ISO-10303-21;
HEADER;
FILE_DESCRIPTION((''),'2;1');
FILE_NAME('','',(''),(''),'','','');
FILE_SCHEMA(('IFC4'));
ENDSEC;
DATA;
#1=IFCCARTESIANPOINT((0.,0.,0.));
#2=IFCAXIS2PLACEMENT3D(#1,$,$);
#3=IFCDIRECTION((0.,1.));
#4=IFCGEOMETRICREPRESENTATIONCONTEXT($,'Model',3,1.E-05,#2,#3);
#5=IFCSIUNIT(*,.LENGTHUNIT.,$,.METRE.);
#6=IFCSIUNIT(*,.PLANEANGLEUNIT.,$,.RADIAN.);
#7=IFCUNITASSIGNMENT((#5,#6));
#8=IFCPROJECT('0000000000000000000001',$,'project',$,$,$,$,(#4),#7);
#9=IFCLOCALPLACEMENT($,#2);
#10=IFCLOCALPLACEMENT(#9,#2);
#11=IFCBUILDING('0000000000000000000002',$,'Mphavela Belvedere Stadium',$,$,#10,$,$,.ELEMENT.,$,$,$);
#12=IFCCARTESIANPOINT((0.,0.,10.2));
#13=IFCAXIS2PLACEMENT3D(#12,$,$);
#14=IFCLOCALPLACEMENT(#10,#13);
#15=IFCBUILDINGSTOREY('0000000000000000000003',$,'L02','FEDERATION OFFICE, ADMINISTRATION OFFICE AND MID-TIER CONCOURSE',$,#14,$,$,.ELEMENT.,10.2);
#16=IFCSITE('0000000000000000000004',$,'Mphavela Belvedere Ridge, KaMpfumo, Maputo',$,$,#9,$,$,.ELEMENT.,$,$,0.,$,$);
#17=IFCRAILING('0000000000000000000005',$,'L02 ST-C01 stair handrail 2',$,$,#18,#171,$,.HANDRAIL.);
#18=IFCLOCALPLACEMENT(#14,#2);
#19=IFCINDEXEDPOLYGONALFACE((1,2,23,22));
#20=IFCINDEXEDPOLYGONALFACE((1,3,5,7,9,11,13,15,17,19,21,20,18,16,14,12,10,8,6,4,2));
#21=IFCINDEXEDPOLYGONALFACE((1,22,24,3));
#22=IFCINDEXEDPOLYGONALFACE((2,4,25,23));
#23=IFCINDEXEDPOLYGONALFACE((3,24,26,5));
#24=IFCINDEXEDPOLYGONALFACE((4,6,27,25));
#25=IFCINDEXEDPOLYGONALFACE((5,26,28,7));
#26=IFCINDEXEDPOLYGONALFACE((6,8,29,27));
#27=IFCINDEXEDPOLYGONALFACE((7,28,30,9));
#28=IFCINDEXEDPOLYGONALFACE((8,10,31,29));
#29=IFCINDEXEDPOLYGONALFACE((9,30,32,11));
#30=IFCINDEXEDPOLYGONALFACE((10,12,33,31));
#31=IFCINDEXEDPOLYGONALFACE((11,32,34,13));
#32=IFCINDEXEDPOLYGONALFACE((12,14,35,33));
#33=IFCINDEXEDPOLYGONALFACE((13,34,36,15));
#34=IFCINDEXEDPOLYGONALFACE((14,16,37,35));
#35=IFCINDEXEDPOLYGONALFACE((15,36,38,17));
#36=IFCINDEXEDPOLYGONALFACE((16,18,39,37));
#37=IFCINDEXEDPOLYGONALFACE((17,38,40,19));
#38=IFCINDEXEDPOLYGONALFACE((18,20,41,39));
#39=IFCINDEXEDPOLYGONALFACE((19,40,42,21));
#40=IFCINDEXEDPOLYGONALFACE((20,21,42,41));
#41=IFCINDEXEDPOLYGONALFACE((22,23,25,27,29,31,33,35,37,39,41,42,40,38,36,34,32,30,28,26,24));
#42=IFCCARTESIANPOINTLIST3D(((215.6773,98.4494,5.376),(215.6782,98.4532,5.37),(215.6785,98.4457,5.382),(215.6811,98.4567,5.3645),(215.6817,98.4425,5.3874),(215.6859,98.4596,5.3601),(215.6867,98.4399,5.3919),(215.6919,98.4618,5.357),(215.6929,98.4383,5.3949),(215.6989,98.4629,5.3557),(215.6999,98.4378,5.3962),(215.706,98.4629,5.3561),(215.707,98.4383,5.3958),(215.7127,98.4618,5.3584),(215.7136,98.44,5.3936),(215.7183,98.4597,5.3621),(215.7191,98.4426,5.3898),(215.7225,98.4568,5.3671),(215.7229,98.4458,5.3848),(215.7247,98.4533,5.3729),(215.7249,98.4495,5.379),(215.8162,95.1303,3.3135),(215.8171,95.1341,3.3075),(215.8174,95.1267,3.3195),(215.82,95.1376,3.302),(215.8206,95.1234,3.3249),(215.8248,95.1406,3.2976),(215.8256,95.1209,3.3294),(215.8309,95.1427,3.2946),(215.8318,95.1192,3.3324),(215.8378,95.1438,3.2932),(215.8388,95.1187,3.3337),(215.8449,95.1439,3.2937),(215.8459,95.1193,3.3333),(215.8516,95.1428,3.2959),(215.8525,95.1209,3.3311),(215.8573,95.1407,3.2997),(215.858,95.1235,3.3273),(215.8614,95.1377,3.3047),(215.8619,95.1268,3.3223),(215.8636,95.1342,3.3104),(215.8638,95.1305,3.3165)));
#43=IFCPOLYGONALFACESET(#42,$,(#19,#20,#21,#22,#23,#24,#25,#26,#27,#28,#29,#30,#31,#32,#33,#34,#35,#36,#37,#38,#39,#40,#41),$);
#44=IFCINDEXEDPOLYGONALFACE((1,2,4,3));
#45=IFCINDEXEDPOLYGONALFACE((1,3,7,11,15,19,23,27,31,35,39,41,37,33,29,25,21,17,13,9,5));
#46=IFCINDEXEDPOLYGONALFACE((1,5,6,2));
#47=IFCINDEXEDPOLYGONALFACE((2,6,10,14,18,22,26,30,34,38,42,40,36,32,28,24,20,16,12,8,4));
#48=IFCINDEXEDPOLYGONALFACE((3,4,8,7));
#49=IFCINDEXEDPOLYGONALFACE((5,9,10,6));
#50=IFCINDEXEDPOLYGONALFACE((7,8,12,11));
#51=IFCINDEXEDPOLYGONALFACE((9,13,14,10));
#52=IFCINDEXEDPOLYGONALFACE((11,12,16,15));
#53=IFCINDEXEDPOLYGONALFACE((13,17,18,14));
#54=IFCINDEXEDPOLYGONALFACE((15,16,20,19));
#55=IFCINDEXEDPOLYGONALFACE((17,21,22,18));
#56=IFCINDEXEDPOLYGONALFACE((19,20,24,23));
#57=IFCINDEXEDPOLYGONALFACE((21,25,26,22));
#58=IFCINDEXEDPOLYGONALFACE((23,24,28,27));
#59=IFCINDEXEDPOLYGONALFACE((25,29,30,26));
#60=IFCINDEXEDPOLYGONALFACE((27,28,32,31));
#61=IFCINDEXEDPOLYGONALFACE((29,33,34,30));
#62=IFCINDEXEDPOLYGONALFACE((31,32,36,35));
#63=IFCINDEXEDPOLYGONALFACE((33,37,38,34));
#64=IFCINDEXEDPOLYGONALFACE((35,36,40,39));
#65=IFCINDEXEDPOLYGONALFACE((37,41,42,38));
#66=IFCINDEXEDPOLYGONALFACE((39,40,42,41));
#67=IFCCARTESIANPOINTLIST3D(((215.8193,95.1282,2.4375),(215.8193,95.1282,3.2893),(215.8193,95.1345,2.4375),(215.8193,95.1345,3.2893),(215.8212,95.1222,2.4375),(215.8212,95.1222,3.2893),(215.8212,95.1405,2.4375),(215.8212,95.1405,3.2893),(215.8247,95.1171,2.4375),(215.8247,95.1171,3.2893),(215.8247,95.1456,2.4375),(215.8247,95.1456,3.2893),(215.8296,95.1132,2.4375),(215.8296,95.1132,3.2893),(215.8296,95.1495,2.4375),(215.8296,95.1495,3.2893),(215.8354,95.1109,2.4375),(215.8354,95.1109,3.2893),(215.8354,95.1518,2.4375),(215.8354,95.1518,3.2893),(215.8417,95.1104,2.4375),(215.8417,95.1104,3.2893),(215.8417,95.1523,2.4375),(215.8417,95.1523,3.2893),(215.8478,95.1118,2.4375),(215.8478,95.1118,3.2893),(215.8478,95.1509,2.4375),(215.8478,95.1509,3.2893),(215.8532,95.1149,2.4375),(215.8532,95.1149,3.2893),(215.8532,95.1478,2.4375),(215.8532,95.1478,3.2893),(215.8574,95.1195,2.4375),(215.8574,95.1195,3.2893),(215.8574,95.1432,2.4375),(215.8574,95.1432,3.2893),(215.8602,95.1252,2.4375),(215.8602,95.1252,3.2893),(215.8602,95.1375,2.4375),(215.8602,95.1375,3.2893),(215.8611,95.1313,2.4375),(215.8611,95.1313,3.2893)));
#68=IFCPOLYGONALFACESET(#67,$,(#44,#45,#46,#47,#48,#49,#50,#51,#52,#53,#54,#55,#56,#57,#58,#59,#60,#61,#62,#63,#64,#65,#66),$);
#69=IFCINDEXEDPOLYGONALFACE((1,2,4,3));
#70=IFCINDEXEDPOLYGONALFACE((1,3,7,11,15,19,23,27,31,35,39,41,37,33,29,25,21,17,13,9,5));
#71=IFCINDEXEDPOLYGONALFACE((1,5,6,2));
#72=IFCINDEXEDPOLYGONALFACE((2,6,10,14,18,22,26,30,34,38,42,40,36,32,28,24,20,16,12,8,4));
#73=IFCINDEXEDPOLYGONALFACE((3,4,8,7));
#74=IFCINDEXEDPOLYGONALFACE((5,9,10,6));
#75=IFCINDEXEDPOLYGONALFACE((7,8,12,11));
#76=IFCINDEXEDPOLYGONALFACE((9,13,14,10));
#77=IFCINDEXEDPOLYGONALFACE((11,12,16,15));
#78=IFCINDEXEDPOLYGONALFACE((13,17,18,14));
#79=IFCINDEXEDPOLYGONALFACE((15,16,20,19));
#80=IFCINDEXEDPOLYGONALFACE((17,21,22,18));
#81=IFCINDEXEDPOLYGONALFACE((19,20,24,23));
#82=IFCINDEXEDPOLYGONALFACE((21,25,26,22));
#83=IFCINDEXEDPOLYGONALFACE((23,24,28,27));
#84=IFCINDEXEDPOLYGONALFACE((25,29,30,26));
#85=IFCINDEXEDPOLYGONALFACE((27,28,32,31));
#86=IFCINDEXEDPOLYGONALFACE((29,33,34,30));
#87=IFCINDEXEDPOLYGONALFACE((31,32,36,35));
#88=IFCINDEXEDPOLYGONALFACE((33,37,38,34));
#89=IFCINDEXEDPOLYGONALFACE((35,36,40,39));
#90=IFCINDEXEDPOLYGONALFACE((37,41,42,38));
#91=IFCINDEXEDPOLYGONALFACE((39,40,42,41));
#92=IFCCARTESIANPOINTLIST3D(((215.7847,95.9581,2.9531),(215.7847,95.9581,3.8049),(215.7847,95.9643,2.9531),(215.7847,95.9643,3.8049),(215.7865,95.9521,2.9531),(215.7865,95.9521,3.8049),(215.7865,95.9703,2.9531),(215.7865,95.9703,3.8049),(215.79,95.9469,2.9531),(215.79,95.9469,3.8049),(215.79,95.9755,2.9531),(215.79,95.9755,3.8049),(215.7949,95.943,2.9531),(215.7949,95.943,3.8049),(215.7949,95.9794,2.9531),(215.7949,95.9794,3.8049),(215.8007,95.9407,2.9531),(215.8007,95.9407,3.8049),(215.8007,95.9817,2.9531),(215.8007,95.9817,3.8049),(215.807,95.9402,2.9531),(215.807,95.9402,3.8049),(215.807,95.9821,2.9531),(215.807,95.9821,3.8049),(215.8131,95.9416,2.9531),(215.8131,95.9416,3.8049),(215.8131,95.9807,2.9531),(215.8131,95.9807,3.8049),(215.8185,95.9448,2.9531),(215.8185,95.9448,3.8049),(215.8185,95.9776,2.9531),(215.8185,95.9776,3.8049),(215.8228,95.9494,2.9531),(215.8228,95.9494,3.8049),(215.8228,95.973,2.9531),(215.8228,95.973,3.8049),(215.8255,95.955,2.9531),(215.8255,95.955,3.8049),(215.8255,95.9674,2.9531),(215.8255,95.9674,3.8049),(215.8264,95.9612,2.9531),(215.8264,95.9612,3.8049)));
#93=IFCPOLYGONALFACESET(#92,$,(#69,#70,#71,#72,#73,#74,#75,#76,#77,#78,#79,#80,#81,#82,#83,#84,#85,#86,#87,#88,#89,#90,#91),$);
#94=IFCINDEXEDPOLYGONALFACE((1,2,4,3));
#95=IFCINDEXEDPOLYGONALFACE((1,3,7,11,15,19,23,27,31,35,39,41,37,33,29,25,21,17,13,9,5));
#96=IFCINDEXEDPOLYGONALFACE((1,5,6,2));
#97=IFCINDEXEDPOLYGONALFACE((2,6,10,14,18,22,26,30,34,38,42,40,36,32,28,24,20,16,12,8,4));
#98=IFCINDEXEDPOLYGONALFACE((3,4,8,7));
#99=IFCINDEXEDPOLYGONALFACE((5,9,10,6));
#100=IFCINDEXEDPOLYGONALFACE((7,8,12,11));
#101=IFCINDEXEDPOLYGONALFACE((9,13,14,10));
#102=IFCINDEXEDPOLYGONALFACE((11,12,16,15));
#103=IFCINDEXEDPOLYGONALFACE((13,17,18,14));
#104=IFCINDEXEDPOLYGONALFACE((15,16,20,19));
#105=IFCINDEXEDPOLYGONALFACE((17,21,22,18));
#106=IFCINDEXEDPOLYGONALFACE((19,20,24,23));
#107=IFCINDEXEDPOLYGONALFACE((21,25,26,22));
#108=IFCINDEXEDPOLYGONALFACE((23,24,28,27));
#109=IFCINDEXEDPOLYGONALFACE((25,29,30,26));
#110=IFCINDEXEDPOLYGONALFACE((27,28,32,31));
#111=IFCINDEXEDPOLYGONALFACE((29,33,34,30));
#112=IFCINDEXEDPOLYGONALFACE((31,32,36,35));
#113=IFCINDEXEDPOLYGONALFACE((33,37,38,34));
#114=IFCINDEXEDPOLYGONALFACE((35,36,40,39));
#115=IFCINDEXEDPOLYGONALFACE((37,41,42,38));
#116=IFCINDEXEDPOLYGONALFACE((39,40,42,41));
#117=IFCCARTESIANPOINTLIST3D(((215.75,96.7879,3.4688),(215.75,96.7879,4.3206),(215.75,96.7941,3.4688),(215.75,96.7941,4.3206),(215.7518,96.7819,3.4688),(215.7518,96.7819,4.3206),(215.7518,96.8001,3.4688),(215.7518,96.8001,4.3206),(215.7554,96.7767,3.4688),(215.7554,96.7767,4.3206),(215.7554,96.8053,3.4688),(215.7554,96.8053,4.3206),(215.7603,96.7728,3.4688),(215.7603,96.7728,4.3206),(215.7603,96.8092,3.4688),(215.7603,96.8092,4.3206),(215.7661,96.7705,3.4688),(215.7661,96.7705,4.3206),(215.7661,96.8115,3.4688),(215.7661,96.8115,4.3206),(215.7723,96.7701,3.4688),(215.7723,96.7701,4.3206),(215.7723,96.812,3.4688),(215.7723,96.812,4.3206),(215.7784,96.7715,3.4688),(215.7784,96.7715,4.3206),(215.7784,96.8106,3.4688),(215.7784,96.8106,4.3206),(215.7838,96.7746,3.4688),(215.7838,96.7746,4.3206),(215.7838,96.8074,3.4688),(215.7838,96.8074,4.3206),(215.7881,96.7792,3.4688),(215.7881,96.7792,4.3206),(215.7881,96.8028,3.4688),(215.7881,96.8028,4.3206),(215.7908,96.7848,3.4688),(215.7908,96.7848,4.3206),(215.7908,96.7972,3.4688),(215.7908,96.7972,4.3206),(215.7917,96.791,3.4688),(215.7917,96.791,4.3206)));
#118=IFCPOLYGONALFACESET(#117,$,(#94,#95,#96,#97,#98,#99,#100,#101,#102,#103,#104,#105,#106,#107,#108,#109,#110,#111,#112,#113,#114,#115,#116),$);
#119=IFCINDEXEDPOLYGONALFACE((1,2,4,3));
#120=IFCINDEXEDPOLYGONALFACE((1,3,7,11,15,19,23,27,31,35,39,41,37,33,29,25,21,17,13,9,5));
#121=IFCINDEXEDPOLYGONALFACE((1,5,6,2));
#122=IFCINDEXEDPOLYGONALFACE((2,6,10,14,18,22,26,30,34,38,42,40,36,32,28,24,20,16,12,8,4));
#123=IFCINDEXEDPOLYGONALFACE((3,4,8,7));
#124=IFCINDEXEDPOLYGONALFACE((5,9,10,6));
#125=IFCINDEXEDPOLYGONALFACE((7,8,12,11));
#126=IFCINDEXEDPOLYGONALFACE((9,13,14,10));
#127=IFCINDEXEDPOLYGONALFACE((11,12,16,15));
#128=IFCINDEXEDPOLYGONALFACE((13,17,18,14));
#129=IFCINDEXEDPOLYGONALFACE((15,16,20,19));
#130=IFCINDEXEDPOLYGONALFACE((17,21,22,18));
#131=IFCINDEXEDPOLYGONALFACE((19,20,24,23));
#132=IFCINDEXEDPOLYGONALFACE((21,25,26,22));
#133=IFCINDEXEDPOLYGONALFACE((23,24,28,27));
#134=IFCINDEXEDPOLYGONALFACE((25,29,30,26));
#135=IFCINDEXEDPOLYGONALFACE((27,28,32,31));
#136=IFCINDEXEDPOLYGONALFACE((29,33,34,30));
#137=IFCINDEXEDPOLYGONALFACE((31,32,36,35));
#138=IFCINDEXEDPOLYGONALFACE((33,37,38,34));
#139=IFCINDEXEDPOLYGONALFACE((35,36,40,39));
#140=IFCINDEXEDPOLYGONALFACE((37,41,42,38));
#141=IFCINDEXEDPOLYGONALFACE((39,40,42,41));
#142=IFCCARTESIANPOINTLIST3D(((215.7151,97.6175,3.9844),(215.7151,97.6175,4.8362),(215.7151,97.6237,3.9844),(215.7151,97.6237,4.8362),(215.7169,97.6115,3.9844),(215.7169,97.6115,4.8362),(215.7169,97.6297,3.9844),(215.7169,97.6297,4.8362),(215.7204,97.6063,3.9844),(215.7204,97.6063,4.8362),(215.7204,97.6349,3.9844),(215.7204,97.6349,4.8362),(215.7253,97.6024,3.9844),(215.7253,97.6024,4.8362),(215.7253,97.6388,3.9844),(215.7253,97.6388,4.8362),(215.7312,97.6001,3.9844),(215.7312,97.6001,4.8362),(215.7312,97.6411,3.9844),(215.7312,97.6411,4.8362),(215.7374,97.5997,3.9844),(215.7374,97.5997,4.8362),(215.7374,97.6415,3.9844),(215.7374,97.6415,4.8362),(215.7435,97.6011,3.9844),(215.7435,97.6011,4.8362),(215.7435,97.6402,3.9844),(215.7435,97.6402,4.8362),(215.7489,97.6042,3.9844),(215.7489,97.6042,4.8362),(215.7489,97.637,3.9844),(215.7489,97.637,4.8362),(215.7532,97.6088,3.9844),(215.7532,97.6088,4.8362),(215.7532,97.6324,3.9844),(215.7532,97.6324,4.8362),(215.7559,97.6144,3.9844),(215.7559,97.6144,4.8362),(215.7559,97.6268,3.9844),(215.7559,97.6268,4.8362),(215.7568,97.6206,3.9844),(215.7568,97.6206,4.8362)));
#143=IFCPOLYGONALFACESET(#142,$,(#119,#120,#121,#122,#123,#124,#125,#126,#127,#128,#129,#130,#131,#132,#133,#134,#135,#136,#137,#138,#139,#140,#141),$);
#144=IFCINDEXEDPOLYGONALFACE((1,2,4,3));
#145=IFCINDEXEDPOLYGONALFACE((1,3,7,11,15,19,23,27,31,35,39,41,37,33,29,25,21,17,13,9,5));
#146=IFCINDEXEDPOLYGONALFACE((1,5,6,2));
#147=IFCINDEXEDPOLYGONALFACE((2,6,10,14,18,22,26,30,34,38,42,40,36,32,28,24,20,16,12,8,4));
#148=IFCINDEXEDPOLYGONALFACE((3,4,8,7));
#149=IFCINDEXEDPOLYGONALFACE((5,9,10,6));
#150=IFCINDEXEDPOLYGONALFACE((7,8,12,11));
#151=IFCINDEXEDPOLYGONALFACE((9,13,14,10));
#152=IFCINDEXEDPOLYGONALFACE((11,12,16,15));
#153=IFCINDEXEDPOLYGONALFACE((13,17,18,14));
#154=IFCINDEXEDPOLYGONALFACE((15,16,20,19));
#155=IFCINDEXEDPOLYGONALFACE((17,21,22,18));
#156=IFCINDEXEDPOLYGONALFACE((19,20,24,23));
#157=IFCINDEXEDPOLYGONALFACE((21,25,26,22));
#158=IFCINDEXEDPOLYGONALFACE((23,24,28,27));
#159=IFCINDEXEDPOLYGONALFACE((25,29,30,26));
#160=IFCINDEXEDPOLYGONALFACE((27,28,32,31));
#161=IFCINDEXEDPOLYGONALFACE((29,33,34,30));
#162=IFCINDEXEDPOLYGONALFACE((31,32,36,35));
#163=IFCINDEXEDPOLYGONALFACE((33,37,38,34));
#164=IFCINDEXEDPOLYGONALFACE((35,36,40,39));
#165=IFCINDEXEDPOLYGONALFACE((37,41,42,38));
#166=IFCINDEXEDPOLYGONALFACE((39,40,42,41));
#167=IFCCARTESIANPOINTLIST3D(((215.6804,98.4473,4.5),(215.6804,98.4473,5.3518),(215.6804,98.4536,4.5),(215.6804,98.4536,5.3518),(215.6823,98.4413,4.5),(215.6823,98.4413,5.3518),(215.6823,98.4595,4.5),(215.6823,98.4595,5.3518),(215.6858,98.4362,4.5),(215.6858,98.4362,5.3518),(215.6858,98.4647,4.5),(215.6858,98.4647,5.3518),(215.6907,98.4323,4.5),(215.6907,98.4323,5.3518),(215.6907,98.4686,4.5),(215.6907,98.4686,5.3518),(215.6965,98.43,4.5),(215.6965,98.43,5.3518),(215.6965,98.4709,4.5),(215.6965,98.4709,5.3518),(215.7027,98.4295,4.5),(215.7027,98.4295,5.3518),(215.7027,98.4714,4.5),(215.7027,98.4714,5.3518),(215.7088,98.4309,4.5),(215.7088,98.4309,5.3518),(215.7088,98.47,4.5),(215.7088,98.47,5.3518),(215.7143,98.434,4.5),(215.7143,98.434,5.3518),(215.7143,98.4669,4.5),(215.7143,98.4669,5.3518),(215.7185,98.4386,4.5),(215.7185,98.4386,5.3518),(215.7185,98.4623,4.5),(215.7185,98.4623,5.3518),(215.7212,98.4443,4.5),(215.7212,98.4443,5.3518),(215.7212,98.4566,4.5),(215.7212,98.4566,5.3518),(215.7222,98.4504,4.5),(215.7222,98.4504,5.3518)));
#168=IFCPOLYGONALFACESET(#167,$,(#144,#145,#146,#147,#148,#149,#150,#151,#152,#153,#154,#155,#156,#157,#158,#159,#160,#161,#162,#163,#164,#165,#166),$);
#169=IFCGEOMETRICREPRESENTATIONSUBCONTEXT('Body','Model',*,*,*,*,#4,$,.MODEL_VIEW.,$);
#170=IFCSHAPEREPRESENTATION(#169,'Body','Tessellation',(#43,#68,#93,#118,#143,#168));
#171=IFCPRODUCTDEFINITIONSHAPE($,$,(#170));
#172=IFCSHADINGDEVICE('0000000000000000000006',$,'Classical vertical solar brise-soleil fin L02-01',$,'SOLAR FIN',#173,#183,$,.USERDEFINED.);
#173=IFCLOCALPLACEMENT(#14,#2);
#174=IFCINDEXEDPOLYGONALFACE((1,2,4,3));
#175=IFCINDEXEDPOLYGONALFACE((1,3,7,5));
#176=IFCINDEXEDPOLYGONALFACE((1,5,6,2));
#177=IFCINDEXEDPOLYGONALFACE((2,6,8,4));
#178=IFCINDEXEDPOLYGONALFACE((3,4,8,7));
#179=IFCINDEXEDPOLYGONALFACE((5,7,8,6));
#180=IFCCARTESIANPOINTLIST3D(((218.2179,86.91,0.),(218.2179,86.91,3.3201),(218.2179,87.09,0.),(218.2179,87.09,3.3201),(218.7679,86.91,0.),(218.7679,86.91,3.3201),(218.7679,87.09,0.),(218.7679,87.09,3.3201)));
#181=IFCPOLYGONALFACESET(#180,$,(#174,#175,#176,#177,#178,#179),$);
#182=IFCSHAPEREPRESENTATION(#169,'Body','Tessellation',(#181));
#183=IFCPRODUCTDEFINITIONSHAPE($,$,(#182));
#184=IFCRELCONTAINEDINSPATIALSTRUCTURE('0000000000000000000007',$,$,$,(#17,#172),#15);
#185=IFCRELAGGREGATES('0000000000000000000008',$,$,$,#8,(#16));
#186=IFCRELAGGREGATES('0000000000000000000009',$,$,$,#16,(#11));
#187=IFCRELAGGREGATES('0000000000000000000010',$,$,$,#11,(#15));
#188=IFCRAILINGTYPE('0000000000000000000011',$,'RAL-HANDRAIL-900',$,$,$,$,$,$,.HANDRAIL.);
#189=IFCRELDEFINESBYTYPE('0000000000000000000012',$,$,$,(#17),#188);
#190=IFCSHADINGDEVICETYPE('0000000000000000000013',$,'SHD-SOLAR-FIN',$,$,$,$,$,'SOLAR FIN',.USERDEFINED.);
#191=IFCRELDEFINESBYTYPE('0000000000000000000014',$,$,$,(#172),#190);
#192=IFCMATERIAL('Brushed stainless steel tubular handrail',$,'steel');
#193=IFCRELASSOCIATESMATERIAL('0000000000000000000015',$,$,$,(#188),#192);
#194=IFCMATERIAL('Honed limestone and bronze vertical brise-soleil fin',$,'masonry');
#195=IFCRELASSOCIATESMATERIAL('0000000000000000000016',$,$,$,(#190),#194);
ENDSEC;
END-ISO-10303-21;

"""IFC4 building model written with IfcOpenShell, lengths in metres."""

from ifc_helpers import new_model, si_unit, direction, frame, origin, origin_2d, place, context, subcontext, project, spatial, rectangle, circle, extrude, material, type_object, element, save


model = new_model("IFC4")

# Units and contexts
model_context = context("Model", 3, precision=1e-05, world=origin(), true_north=direction((0.0, 1.0)))
body_context = subcontext(model_context, "Body", "Model", "MODEL_VIEW")
ifc_project = project(units=[si_unit("LENGTHUNIT", "METRE"), si_unit("PLANEANGLEUNIT", "RADIAN")], contexts=[model_context])

# Site, building, storey
site_placement = place(None, origin())
site = spatial("IfcSite", under=ifc_project, at=site_placement, Name="Mphavela Belvedere Ridge, KaMpfumo, Maputo", CompositionType="ELEMENT", RefElevation=0.0)
building_placement = place(site_placement, origin())
building = spatial("IfcBuilding", under=site, at=building_placement, Name="Mphavela Belvedere Stadium", CompositionType="ELEMENT")
storey_placement = place(building_placement, frame((0.0, 0.0, 10.2)))
storey = spatial("IfcBuildingStorey", under=building, at=storey_placement, Name="L02", Description="FEDERATION OFFICE, ADMINISTRATION OFFICE AND MID-TIER CONCOURSE", CompositionType="ELEMENT", Elevation=10.2)

# Railing
ifc_material_1 = material(Name="Brushed stainless steel tubular handrail", Category="steel")
railing_type_1 = type_object("IfcRailingType", Name="RAL-HANDRAIL-900", PredefinedType="HANDRAIL", material=ifc_material_1)
railing_1_placement = place(storey_placement, frame((215.8401, 95.1313, 2.4375)))
element("IfcRailing", 1, at=railing_1_placement, inside=storey, type_object=railing_type_1, Name="L02 ST-C01 stair handrail 2", PredefinedType="HANDRAIL", context=body_context, shape_type="SweptSolid", body=[
    extrude(circle(Radius=0.0239, at=origin_2d()), frame((0.0, 0.0, 0.876), z_axis=(-0.035527, 0.848832, 0.527468), x_axis=(-0.999125, -0.041817, 0.0)), (0.0, 0.0, 1.0), 3.9102),
    extrude(circle(Radius=0.021, at=origin_2d()), origin(), (0.0, 0.0, 1.0), 0.8518),
    extrude(circle(Radius=0.021, at=origin_2d()), frame((-0.0347, 0.8298, 0.5156)), (0.0, 0.0, 1.0), 0.8518),
    extrude(circle(Radius=0.021, at=origin_2d()), frame((-0.0693, 1.6597, 1.0312)), (0.0, 0.0, 1.0), 0.8518),
    extrude(circle(Radius=0.021, at=origin_2d()), frame((-0.1042, 2.4893, 1.5469)), (0.0, 0.0, 1.0), 0.8518),
    extrude(circle(Radius=0.021, at=origin_2d()), frame((-0.1389, 3.3191, 2.0625)), (0.0, 0.0, 1.0), 0.8518),
])

# Shading device
ifc_material_2 = material(Name="Honed limestone and bronze vertical brise-soleil fin", Category="masonry")
shading_device_type = type_object("IfcShadingDeviceType", Name="SHD-SOLAR-FIN", ElementType="SOLAR FIN", PredefinedType="USERDEFINED", material=ifc_material_2)
shading_device_placement = place(storey_placement, frame((218.4929, 87.0, 0.0), z_axis=(0.0, 0.0, 1.0), x_axis=(1.0, 0.0, 0.0)))
element("IfcShadingDevice", 2, at=shading_device_placement, inside=storey, type_object=shading_device_type, Name="Classical vertical solar brise-soleil fin L02-01", ObjectType="SOLAR FIN", PredefinedType="USERDEFINED", context=body_context, shape_type="SweptSolid", body=[
    extrude(rectangle(XDim=0.55, YDim=0.1799, at=origin_2d()), origin(), (0.0, 0.0, 1.0), 3.3201),
])

save(model, "model.ifc")
